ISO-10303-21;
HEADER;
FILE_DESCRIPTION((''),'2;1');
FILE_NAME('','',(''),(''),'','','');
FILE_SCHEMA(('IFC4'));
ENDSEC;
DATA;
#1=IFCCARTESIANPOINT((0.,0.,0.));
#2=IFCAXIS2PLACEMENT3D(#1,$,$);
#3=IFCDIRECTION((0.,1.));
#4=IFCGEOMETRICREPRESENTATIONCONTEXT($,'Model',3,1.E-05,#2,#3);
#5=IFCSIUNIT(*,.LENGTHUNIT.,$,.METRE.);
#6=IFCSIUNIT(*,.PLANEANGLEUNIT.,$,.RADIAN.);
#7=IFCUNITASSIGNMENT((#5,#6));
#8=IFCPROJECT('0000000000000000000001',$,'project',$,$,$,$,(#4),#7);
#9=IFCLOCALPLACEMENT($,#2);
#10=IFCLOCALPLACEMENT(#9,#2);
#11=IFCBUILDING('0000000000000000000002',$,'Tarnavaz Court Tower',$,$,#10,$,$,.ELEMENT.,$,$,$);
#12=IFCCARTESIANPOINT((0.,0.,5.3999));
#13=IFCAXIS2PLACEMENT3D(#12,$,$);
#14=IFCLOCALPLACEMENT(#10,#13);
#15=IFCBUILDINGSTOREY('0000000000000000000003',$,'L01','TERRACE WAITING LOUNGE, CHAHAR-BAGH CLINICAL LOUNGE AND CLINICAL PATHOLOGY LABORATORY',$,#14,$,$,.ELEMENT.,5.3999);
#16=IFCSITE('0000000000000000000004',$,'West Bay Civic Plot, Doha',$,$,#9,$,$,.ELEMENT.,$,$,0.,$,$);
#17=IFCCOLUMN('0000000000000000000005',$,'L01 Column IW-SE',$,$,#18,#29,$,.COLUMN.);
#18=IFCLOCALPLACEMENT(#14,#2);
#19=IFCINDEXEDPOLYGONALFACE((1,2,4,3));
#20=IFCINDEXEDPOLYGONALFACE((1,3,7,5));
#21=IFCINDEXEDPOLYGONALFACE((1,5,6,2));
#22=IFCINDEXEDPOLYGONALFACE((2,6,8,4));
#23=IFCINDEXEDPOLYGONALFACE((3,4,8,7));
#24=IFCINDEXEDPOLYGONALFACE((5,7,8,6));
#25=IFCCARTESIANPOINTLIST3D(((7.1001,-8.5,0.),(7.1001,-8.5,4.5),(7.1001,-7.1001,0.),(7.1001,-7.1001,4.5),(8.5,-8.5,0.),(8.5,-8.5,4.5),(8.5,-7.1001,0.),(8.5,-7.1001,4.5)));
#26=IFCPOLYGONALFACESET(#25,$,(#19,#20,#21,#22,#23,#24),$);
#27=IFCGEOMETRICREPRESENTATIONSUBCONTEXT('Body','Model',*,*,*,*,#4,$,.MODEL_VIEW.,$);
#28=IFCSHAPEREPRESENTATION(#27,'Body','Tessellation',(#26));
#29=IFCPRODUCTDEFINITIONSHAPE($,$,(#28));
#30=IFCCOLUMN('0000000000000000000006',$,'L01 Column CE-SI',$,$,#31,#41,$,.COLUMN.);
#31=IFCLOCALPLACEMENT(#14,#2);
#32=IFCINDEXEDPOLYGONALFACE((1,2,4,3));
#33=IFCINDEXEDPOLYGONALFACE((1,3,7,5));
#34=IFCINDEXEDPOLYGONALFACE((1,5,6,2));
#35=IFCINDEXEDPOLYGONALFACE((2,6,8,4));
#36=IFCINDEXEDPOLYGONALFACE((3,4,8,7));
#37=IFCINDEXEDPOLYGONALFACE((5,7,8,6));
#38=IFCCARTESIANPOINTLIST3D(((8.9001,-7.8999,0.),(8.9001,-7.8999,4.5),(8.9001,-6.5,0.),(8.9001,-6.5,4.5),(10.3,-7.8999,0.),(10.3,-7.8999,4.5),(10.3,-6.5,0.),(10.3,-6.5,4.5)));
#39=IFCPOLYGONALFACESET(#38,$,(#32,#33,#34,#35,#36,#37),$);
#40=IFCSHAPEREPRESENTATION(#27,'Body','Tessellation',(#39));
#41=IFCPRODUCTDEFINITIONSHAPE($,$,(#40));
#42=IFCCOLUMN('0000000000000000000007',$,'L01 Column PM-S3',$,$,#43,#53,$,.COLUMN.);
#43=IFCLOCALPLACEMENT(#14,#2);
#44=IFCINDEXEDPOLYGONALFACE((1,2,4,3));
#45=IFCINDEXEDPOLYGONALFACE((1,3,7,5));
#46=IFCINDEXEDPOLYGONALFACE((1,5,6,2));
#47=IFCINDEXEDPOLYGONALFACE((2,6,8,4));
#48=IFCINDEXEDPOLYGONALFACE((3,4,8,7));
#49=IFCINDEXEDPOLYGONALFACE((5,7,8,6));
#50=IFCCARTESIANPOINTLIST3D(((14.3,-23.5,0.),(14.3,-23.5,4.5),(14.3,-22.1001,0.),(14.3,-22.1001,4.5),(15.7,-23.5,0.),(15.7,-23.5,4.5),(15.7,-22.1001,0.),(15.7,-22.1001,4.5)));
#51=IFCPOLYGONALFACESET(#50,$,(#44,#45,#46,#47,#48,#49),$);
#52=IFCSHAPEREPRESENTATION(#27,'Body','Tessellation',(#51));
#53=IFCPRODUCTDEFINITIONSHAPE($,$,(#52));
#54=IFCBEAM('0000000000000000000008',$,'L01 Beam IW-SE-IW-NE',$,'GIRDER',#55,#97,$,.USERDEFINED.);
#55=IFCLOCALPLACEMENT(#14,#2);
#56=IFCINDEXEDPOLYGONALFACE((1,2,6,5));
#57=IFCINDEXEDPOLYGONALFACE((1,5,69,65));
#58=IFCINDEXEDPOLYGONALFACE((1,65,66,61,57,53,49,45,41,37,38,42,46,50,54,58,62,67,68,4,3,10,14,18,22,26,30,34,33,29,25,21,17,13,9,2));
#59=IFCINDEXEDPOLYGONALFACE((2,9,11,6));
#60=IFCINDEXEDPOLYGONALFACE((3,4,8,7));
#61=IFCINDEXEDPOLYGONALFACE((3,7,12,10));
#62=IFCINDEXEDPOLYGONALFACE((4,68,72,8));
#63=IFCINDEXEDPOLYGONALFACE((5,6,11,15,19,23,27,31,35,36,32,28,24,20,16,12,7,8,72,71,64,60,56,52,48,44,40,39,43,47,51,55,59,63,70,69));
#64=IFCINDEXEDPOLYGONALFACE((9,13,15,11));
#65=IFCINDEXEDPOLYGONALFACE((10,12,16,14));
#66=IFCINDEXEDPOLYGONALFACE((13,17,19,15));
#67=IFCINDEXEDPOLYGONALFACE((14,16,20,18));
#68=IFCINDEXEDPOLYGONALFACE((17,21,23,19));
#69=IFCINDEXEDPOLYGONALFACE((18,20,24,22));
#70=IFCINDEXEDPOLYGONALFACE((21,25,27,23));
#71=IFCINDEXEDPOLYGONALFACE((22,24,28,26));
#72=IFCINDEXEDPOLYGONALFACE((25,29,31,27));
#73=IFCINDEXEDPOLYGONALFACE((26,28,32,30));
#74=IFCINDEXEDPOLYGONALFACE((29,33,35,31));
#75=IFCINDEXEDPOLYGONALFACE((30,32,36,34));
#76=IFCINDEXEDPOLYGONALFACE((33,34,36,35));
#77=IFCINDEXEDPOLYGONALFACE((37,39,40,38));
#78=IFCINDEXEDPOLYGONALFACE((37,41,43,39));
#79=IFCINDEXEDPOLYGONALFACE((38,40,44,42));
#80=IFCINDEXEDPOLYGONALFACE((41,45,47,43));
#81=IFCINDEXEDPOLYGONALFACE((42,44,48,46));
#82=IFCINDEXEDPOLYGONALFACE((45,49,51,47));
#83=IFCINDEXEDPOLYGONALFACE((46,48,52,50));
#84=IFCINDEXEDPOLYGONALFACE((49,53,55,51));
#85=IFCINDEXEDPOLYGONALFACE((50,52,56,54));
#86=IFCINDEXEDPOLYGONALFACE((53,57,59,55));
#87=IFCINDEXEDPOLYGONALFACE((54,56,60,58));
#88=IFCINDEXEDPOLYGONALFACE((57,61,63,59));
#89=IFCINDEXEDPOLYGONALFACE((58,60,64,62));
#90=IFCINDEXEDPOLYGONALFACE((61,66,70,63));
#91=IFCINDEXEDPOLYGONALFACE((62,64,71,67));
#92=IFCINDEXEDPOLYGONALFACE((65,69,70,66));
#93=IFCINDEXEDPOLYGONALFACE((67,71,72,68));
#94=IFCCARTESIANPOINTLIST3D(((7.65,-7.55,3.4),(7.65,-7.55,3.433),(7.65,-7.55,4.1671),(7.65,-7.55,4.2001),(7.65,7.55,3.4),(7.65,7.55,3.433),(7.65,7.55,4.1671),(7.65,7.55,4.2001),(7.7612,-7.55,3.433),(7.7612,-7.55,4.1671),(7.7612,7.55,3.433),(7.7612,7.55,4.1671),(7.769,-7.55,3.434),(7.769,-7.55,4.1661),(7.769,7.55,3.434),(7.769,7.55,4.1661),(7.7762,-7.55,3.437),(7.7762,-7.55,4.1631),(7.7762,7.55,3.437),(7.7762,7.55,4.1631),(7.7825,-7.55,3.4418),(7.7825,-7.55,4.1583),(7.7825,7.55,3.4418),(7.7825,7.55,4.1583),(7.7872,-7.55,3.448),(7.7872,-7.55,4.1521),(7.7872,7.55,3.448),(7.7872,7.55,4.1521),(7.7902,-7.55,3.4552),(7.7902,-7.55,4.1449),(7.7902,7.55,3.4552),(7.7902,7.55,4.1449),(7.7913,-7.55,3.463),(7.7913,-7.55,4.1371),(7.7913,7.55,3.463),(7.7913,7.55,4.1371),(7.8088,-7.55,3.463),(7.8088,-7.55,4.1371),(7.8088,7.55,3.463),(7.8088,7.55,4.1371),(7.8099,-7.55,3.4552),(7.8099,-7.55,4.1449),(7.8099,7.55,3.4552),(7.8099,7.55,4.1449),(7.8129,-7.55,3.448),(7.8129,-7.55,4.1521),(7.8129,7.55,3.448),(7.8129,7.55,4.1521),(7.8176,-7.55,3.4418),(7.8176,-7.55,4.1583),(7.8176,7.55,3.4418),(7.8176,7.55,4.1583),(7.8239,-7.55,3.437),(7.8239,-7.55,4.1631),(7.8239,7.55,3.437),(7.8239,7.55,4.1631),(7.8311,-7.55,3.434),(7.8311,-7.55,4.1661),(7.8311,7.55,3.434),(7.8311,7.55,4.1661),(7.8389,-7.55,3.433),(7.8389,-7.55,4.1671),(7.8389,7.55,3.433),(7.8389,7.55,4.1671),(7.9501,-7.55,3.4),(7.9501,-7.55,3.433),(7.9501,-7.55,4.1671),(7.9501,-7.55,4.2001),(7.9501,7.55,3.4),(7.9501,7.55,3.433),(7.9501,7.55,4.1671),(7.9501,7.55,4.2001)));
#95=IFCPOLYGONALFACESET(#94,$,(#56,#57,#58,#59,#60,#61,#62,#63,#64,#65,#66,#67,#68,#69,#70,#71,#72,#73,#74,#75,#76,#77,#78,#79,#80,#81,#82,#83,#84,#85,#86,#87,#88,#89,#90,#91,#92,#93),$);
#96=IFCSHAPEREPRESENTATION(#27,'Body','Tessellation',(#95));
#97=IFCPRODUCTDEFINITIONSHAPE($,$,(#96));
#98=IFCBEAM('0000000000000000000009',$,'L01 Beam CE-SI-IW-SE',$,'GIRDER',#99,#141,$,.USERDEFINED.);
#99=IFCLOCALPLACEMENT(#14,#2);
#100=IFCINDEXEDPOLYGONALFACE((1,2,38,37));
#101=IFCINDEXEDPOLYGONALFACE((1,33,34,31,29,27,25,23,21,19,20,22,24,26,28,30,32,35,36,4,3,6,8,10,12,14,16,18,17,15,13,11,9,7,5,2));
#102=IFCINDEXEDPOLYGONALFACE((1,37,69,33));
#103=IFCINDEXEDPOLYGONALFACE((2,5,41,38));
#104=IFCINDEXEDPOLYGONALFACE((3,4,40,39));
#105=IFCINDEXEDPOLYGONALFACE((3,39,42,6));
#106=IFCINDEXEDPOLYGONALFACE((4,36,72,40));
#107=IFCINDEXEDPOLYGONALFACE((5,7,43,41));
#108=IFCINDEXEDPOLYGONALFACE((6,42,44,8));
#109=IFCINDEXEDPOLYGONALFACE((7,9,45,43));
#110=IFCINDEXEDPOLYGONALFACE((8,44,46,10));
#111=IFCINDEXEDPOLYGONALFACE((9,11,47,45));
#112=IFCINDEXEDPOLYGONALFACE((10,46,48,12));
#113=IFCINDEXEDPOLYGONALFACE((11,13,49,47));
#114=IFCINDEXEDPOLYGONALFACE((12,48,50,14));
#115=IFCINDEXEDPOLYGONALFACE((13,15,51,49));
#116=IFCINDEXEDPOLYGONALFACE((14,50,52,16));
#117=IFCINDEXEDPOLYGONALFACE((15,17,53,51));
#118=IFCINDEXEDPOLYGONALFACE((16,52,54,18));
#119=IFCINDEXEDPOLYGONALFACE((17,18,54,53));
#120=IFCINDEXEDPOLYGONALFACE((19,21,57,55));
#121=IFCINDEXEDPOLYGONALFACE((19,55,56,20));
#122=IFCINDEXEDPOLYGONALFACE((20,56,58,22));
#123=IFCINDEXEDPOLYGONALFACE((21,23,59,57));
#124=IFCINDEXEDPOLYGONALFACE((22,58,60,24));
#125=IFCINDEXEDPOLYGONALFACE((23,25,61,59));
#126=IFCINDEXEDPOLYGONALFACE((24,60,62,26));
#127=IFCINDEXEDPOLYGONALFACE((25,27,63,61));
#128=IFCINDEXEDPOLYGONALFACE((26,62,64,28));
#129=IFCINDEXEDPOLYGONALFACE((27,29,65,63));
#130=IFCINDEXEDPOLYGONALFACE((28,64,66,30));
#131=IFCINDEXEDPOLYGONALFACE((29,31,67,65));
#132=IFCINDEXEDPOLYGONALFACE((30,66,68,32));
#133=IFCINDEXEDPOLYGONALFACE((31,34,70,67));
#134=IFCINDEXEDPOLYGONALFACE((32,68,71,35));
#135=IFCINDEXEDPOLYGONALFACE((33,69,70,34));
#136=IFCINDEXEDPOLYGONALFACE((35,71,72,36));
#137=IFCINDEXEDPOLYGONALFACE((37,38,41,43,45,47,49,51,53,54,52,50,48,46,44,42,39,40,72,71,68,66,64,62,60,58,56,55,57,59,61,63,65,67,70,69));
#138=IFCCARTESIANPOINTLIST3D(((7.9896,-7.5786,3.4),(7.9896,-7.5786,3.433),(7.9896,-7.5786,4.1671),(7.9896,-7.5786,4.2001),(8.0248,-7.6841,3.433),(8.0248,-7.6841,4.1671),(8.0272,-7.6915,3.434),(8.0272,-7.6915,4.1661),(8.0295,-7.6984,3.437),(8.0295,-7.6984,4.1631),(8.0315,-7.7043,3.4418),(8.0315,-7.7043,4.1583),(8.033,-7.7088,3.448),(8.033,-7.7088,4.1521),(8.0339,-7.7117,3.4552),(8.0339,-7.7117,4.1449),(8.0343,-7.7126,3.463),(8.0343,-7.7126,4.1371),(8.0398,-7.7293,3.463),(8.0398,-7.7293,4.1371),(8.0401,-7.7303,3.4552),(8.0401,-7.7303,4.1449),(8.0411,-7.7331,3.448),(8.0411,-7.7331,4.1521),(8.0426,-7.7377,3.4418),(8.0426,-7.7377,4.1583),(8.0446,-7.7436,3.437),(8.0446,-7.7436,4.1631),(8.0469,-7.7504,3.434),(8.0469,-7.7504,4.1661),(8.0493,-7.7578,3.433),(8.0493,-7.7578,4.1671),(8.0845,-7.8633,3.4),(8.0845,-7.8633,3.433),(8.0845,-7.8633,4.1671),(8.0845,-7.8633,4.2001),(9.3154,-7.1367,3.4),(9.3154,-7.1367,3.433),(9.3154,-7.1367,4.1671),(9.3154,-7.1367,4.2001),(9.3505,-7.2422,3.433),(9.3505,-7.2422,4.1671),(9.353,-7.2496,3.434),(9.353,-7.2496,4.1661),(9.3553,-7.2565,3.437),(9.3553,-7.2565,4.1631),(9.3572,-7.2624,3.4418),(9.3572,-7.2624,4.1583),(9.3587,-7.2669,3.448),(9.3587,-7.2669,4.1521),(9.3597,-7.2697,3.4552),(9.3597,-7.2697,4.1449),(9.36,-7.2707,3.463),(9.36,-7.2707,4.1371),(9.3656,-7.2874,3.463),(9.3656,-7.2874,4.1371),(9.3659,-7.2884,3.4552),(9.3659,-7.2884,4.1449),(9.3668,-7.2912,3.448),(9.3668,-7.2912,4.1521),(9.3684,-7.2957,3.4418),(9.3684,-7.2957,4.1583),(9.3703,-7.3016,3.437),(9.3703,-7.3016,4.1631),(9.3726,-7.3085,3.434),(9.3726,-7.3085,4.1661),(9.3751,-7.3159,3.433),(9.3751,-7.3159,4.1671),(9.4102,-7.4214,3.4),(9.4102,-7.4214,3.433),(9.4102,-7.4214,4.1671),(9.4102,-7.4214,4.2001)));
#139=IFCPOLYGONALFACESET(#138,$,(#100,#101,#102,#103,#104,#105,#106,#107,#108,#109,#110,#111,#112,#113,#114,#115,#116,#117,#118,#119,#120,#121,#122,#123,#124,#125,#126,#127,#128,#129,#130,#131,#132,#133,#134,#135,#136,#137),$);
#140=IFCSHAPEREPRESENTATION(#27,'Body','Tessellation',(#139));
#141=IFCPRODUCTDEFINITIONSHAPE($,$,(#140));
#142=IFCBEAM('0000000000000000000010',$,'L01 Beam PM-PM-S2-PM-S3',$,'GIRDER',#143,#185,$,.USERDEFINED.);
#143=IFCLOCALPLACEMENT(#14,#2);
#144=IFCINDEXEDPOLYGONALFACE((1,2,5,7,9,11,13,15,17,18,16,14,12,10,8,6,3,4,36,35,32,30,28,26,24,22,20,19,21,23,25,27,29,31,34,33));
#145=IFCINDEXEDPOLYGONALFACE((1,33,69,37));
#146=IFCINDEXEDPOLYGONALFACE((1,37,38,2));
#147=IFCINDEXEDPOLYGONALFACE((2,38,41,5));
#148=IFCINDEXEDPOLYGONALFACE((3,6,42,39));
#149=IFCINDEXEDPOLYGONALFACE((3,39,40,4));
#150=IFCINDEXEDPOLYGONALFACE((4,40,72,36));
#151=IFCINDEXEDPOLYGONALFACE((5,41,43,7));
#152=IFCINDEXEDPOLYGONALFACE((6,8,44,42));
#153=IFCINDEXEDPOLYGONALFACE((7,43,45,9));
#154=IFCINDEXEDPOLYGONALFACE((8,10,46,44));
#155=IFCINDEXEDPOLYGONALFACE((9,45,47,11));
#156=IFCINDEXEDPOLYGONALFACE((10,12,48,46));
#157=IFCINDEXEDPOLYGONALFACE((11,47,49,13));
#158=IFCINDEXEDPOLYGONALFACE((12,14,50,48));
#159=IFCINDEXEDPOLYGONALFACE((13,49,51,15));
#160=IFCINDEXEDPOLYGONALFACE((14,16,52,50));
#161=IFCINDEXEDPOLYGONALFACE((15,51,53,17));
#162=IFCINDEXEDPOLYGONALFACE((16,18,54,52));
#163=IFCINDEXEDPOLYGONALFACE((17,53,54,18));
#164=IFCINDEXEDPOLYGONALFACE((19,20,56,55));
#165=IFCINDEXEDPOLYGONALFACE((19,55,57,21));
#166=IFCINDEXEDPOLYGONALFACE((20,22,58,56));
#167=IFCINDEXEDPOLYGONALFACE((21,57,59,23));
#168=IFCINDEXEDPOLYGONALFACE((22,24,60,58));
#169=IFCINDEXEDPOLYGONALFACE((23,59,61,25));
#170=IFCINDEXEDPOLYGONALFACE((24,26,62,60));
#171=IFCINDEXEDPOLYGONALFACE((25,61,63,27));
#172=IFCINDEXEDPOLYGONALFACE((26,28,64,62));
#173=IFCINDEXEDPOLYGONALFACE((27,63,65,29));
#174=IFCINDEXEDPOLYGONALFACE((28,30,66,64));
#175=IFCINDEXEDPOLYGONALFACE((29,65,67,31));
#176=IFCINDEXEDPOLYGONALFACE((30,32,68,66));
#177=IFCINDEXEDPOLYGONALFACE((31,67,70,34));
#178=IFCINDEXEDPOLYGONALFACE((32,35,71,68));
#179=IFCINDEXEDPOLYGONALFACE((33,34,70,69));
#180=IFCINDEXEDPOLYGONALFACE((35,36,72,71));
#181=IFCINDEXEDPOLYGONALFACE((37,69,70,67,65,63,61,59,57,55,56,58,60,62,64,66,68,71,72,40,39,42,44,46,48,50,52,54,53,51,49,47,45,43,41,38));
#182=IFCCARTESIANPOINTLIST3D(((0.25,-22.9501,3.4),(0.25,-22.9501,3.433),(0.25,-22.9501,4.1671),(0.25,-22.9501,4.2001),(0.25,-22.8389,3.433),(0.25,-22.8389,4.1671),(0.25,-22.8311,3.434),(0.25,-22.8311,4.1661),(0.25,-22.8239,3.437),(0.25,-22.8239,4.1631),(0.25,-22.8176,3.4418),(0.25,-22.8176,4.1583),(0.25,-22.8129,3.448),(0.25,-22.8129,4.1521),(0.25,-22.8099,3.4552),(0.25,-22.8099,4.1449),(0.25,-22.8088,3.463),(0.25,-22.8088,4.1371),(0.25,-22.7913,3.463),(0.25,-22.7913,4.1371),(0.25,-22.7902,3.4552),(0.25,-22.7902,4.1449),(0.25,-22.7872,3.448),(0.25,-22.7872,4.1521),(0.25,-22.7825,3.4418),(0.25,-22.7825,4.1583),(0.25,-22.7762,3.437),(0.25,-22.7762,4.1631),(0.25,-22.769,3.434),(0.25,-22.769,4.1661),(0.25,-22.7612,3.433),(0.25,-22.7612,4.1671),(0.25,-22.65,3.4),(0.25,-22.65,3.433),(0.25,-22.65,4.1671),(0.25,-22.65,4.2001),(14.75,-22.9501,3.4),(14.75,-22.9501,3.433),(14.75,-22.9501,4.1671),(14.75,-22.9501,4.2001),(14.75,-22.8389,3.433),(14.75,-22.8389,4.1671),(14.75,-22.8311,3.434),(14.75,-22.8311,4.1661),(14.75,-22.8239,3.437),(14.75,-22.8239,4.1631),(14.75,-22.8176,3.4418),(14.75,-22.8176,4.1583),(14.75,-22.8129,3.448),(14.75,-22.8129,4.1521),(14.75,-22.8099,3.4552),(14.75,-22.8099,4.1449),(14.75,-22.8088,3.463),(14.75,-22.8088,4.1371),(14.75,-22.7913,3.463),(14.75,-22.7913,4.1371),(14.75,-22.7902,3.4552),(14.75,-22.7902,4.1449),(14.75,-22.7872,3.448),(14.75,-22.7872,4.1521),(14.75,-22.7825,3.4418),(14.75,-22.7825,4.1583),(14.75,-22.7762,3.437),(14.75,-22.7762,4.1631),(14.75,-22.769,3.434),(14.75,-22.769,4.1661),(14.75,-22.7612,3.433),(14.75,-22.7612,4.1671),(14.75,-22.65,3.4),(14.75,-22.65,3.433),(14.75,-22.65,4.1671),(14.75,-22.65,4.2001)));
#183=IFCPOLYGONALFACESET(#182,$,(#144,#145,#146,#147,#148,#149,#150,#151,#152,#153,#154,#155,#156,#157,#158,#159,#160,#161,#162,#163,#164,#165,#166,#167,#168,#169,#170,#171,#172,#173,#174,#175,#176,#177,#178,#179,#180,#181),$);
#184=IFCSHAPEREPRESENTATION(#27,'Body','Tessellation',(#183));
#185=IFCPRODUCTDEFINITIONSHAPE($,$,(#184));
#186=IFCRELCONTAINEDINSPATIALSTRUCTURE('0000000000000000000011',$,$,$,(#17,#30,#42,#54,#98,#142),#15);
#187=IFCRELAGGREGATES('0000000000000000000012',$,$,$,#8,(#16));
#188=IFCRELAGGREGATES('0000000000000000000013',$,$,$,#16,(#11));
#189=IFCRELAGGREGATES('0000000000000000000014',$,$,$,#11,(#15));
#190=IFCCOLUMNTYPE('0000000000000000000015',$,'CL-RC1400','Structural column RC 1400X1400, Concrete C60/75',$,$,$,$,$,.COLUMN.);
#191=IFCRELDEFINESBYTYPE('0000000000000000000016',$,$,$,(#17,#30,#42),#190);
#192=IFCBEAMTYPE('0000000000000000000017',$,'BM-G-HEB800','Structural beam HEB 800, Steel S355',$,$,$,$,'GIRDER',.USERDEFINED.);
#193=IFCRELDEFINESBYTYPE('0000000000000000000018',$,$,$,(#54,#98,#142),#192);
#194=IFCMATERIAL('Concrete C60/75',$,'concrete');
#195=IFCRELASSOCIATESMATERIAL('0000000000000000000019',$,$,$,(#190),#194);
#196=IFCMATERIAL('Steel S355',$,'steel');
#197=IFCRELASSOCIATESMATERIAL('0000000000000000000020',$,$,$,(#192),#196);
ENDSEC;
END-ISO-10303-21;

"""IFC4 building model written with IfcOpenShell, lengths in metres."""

from ifc_helpers import new_model, si_unit, direction, frame, origin, origin_2d, place, context, subcontext, project, spatial, rectangle, i_section, extrude, material, material_profile, profile_set, type_object, element, save


model = new_model("IFC4")

# Units and contexts
model_context = context("Model", 3, precision=1e-05, world=origin(), true_north=direction((0.0, 1.0)))
body_context = subcontext(model_context, "Body", "Model", "MODEL_VIEW")
ifc_project = project(units=[si_unit("LENGTHUNIT", "METRE"), si_unit("PLANEANGLEUNIT", "RADIAN")], contexts=[model_context])

# Site, building, storey
site_placement = place(None, origin())
site = spatial("IfcSite", under=ifc_project, at=site_placement, Name="West Bay Civic Plot, Doha", CompositionType="ELEMENT", RefElevation=0.0)
building_placement = place(site_placement, origin())
building = spatial("IfcBuilding", under=site, at=building_placement, Name="Tarnavaz Court Tower", CompositionType="ELEMENT")
storey_placement = place(building_placement, frame((0.0, 0.0, 5.3999)))
storey = spatial("IfcBuildingStorey", under=building, at=storey_placement, Name="L01", Description="TERRACE WAITING LOUNGE, CHAHAR-BAGH CLINICAL LOUNGE AND CLINICAL PATHOLOGY LABORATORY", CompositionType="ELEMENT", Elevation=5.3999)

# Columns
ifc_material_1 = material(Name="Concrete C60/75", Category="concrete")
ifc_material_profile_1 = material_profile(ifc_material_1, rectangle(XDim=1.3999, YDim=1.3999, at=origin_2d()), Name="RC 1400X1400")
ifc_profile_set_1 = profile_set([ifc_material_profile_1], Name="Concrete C60/75")
column_type = type_object("IfcColumnType", Name="CL-RC1400", Description="Structural column RC 1400X1400, Concrete C60/75", PredefinedType="COLUMN", material=ifc_profile_set_1)
for number, where, z_axis, x_axis, name in (
    (1, (7.8, -7.8, 0.0), (0.0, 0.0, 1.0), (1.0, 0.0, 0.0), "L01 Column IW-SE"),
    (2, (9.6001, -7.2, 0.0), (0.0, 0.0, 1.0), (1.0, 0.0, 0.0), "L01 Column CE-SI"),
    (3, (15.0, -22.8, 0.0), (0.0, 0.0, 1.0), (1.0, 0.0, 0.0), "L01 Column PM-S3"),
):
    element("IfcColumn", number, at=place(storey_placement, frame(where, z_axis=z_axis, x_axis=x_axis)), inside=storey, type_object=column_type, Name=name, PredefinedType="COLUMN", context=body_context, shape_type="SweptSolid", body=[
        extrude(rectangle(XDim=1.3999, YDim=1.3999, at=origin_2d()), origin(), (0.0, 0.0, 1.0), 4.5),
    ])

# Beams
ifc_material_2 = material(Name="Steel S355", Category="steel")
ifc_material_profile_2 = material_profile(ifc_material_2, i_section(OverallWidth=0.3, OverallDepth=0.8, WebThickness=0.0176, FlangeThickness=0.033, FilletRadius=0.03, at=origin_2d()), Name="HEB 800")
ifc_profile_set_2 = profile_set([ifc_material_profile_2], Name="Steel S355")
beam_type_1 = type_object("IfcBeamType", Name="BM-G-HEB800", Description="Structural beam HEB 800, Steel S355", ElementType="GIRDER", PredefinedType="USERDEFINED", material=ifc_profile_set_2)
beam_1_placement = place(storey_placement, frame((7.8, -7.55, 3.8), z_axis=(0.0, 1.0, 0.0), x_axis=(-1.0, 0.0, 0.0)))
element("IfcBeam", 4, at=beam_1_placement, inside=storey, type_object=beam_type_1, Name="L01 Beam IW-SE-IW-NE", ObjectType="GIRDER", PredefinedType="USERDEFINED", context=body_context, shape_type="SweptSolid", body=[
    extrude(i_section(OverallWidth=0.3, OverallDepth=0.8, WebThickness=0.0176, FlangeThickness=0.033, FilletRadius=0.03, at=origin_2d()), origin(), (0.0, 0.0, 1.0), 15.1001),
])
beam_2_placement = place(storey_placement, frame((9.3628, -7.2791, 3.8), z_axis=(-0.948683, -0.316228, 0.0), x_axis=(0.316228, -0.948683, 0.0)))
element("IfcBeam", 5, at=beam_2_placement, inside=storey, type_object=beam_type_1, Name="L01 Beam CE-SI-IW-SE", ObjectType="GIRDER", PredefinedType="USERDEFINED", context=body_context, shape_type="SweptSolid", body=[
    extrude(i_section(OverallWidth=0.3, OverallDepth=0.8, WebThickness=0.0176, FlangeThickness=0.033, FilletRadius=0.03, at=origin_2d()), origin(), (0.0, 0.0, 1.0), 1.3975),
])
beam_3_placement = place(storey_placement, frame((0.25, -22.8, 3.8), z_axis=(1.0, 0.0, 0.0), x_axis=(0.0, 1.0, 0.0)))
element("IfcBeam", 6, at=beam_3_placement, inside=storey, type_object=beam_type_1, Name="L01 Beam PM-PM-S2-PM-S3", ObjectType="GIRDER", PredefinedType="USERDEFINED", context=body_context, shape_type="SweptSolid", body=[
    extrude(i_section(OverallWidth=0.3, OverallDepth=0.8, WebThickness=0.0176, FlangeThickness=0.033, FilletRadius=0.03, at=origin_2d()), origin(), (0.0, 0.0, 1.0), 14.5),
])

save(model, "model.ifc")
